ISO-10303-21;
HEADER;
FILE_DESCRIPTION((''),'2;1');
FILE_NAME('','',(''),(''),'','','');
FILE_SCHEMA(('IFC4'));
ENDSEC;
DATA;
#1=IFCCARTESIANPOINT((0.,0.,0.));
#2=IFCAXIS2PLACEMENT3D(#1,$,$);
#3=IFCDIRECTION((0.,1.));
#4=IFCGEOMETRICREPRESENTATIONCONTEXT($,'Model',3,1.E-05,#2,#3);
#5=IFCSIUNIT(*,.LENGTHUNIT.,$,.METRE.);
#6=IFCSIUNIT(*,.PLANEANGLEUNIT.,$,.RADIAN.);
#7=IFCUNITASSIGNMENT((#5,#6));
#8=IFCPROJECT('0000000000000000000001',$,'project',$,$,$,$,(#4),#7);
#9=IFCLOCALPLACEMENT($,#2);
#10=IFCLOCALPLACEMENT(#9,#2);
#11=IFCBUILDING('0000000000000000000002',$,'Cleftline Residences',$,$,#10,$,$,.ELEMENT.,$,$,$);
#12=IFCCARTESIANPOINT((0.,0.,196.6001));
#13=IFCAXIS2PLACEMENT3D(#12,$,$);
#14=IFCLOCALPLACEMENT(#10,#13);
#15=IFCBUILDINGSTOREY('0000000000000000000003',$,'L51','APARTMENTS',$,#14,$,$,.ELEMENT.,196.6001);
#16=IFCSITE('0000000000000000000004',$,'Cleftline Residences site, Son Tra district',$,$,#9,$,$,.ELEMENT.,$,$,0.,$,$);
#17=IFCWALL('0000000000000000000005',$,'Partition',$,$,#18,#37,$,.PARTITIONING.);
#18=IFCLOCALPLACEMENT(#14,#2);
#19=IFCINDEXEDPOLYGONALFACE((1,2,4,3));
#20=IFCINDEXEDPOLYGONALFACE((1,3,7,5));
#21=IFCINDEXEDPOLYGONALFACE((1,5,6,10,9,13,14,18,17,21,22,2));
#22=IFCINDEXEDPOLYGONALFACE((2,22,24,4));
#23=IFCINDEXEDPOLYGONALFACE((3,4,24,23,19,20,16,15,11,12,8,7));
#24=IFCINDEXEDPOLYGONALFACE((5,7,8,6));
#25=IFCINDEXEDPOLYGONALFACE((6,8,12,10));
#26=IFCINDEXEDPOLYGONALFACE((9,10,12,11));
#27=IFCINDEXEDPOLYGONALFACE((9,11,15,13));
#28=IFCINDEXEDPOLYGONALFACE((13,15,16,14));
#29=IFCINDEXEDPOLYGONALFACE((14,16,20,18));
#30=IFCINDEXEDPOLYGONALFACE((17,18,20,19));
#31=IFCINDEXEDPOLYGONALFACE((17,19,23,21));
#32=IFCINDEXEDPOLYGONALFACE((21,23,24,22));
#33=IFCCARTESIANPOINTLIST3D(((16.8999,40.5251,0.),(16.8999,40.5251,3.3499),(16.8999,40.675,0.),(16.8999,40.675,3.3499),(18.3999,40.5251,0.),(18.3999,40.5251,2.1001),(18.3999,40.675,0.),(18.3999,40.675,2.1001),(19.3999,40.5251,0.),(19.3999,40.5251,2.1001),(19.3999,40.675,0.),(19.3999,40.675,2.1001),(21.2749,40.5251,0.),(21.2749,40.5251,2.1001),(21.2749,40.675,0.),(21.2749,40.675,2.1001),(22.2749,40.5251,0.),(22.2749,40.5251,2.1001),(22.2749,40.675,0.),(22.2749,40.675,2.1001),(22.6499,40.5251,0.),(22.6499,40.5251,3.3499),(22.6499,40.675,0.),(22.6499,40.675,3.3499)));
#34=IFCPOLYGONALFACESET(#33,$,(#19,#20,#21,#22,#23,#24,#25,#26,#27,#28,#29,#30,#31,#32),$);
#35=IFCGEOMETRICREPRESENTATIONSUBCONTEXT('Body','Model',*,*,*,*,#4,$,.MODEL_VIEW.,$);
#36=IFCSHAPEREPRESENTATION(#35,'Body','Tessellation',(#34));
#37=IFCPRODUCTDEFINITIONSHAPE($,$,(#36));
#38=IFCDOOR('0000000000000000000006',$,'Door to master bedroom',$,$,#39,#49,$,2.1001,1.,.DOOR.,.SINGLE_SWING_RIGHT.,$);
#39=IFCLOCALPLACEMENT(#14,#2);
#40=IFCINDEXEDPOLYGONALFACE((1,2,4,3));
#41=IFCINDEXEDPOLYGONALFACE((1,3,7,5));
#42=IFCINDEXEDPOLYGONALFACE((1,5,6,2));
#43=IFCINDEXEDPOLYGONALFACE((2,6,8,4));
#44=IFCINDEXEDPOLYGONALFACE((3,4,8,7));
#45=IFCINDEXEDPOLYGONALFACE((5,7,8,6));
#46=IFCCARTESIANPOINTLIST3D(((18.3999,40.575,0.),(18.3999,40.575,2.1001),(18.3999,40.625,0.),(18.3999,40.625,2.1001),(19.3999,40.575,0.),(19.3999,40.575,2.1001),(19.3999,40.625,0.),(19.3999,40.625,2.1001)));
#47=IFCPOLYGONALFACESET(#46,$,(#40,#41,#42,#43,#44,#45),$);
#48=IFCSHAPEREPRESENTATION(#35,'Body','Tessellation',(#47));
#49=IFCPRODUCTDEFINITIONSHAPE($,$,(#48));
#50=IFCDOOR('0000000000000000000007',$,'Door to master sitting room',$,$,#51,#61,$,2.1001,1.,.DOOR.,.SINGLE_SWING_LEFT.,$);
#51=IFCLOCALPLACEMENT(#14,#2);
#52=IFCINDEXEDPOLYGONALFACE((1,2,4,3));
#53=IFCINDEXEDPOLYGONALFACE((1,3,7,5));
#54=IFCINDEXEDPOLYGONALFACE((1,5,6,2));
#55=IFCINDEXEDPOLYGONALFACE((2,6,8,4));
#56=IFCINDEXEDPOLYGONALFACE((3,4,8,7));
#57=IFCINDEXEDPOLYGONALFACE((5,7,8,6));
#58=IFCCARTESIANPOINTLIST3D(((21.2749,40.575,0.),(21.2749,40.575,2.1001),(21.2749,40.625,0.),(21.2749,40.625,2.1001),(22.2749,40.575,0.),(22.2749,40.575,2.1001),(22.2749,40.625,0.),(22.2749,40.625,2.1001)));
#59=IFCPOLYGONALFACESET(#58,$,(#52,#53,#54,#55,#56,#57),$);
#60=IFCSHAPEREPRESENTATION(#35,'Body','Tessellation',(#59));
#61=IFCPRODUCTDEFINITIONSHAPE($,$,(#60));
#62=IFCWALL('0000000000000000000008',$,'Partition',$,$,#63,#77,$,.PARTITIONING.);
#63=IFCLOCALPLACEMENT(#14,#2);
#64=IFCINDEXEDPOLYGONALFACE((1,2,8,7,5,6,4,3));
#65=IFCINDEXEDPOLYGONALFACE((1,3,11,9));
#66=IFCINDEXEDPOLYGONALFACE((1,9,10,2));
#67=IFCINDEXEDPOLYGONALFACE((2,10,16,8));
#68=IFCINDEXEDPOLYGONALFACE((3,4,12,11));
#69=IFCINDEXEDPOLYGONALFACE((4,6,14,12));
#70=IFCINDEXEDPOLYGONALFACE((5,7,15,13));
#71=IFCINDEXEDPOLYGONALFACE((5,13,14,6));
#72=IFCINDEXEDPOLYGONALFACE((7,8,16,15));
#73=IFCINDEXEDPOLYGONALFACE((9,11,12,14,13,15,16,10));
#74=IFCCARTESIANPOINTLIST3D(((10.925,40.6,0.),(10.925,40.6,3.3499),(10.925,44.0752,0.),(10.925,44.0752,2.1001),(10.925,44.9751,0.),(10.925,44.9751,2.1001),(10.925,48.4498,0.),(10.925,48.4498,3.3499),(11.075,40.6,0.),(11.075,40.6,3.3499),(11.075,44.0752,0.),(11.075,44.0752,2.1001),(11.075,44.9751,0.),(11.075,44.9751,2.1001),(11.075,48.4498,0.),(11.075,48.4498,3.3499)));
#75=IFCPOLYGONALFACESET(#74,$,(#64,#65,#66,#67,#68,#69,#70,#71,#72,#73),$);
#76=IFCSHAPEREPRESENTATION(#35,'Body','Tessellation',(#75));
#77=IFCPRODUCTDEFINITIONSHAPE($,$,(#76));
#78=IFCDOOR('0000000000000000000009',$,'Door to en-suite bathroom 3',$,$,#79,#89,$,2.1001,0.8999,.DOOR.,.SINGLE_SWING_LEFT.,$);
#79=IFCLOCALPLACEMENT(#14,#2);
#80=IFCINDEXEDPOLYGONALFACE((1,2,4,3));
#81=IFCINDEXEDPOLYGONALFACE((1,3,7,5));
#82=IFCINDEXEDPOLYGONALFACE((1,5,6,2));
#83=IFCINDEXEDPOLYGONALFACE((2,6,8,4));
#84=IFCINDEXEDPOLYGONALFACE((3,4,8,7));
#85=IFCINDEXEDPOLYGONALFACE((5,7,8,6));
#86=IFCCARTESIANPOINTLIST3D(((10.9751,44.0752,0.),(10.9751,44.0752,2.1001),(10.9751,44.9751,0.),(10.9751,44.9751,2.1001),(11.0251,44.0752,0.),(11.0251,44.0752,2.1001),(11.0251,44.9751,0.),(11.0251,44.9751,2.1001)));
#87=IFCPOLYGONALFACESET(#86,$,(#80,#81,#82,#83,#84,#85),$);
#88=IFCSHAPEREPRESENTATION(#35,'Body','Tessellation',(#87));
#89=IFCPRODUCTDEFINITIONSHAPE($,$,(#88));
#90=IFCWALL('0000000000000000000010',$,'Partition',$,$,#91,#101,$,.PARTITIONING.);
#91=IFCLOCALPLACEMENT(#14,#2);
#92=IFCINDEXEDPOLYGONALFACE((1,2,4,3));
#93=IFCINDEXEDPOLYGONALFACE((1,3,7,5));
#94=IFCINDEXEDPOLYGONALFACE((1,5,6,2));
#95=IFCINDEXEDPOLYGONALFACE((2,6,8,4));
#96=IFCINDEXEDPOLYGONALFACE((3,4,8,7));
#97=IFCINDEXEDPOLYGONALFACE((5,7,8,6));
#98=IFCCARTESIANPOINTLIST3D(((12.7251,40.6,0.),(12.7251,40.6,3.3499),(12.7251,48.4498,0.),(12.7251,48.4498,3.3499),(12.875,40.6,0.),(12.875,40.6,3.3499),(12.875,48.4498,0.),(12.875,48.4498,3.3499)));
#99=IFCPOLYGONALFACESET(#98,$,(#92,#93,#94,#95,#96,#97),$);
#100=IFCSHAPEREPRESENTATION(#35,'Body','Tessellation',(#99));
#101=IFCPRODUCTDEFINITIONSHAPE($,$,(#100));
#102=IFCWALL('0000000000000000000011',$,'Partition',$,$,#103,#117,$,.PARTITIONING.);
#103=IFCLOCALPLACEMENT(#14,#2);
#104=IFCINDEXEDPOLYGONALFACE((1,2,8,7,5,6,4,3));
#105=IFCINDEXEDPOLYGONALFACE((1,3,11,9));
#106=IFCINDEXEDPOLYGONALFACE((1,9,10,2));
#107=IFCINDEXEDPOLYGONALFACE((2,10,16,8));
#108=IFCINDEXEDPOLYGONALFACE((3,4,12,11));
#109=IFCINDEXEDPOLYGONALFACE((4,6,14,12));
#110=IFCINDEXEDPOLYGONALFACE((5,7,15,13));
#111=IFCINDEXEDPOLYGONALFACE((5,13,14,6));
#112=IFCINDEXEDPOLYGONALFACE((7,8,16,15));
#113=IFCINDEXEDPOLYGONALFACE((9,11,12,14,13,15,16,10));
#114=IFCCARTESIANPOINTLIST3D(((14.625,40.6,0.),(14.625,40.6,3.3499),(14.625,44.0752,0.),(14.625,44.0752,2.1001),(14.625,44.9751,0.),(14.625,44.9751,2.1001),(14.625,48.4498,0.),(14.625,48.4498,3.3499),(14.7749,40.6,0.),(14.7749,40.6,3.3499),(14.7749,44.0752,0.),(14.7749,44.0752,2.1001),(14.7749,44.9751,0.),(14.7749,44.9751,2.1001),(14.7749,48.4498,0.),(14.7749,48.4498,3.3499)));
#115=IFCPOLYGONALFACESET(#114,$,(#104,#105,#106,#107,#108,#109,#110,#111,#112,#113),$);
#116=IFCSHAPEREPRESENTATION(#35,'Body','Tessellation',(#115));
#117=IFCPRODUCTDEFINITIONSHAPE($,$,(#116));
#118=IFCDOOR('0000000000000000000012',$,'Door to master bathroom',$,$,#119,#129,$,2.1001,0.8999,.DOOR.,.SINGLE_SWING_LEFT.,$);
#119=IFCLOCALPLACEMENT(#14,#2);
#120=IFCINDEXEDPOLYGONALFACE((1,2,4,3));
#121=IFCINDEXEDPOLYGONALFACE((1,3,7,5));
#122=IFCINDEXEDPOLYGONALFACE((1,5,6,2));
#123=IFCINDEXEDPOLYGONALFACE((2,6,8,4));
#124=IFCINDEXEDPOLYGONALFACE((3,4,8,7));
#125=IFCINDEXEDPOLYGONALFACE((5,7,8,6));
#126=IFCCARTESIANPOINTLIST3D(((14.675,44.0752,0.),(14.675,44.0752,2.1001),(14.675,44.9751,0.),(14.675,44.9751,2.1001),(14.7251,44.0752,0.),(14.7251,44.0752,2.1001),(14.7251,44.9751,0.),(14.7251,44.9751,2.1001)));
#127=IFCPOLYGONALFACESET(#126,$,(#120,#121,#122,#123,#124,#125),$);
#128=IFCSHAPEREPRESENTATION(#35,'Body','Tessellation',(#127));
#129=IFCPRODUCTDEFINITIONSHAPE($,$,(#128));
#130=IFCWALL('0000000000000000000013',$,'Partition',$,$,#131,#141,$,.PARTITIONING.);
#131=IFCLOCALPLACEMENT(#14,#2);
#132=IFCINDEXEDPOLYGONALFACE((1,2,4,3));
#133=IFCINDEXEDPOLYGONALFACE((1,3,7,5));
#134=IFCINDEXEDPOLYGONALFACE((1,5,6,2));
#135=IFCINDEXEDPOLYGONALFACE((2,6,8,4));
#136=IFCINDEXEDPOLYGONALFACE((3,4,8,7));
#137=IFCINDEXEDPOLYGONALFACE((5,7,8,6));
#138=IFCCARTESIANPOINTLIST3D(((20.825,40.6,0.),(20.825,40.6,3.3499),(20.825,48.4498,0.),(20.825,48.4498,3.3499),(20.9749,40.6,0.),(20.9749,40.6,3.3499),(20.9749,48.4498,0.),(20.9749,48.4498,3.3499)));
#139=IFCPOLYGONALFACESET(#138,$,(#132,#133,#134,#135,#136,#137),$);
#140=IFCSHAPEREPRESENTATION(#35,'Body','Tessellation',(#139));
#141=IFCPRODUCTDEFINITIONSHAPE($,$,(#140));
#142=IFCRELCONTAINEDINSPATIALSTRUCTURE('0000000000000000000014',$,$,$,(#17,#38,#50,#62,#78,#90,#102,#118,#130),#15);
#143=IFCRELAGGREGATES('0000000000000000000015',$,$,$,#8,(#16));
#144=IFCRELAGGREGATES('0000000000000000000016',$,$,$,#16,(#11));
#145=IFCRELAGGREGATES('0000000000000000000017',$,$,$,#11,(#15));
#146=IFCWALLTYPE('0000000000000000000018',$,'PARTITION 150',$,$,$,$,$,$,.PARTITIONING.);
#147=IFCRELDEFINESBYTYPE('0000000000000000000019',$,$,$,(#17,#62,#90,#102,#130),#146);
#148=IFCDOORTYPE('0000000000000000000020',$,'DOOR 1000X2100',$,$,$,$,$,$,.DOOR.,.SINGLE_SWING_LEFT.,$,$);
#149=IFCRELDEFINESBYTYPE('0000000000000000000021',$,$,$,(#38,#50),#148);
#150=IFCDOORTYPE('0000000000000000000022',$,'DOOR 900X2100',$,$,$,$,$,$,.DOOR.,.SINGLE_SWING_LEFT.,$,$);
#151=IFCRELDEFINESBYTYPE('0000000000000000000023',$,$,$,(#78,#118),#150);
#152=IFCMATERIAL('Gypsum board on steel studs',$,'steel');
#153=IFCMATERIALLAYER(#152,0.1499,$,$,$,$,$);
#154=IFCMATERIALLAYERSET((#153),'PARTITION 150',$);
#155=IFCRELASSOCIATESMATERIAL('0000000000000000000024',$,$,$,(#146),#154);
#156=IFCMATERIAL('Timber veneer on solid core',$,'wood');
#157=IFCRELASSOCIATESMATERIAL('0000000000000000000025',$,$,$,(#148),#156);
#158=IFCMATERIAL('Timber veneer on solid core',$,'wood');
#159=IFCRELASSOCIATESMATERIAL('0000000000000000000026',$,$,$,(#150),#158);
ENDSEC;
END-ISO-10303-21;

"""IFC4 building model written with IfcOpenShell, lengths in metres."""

from ifc_helpers import new_model, si_unit, direction, frame, frame_2d, origin, place, context, subcontext, project, spatial, rectangle, extrude, material, layer, layer_set, type_object, element, fill, save


model = new_model("IFC4")

# Units and contexts
model_context = context("Model", 3, precision=1e-05, world=origin(), true_north=direction((0.0, 1.0)))
body_context = subcontext(model_context, "Body", "Model", "MODEL_VIEW")
ifc_project = project(units=[si_unit("LENGTHUNIT", "METRE"), si_unit("PLANEANGLEUNIT", "RADIAN")], contexts=[model_context])

# Site, building, storey
site_placement = place(None, origin())
site = spatial("IfcSite", under=ifc_project, at=site_placement, Name="Cleftline Residences site, Son Tra district", CompositionType="ELEMENT", RefElevation=0.0)
building_placement = place(site_placement, origin())
building = spatial("IfcBuilding", under=site, at=building_placement, Name="Cleftline Residences", CompositionType="ELEMENT")
storey_placement = place(building_placement, frame((0.0, 0.0, 196.6001)))
storey = spatial("IfcBuildingStorey", under=building, at=storey_placement, Name="L51", Description="APARTMENTS", CompositionType="ELEMENT", Elevation=196.6001)

# Shared definitions
ifc_material_1 = material(Name="Gypsum board on steel studs", Category="steel")
ifc_layer = layer(ifc_material_1, 0.1499)
ifc_layer_set = layer_set([ifc_layer], Name="PARTITION 150")
wall_type = type_object("IfcWallType", Name="PARTITION 150", PredefinedType="PARTITIONING", material=ifc_layer_set)
ifc_material_2 = material(Name="Timber veneer on solid core", Category="wood")
door_type_1 = type_object("IfcDoorType", Name="DOOR 1000X2100", OperationType="SINGLE_SWING_LEFT", PredefinedType="DOOR", material=ifc_material_2)

# Wall, openings, doors
wall_1_placement = place(storey_placement, frame((16.8999, 40.6001, 0.0), z_axis=(0.0, 0.0, 1.0), x_axis=(1.0, 0.0, 0.0)))
wall_1 = element("IfcWall", 1, at=wall_1_placement, inside=storey, type_object=wall_type, Name="Partition", PredefinedType="PARTITIONING", context=body_context, shape_type="SweptSolid", body=[
    extrude(rectangle(XDim=5.75, YDim=0.1499, at=frame_2d((2.875, 0.0))), origin(), (0.0, 0.0, 1.0), 3.3499),
])
opening_1_placement = place(wall_1_placement, frame((1.5, 0.0, 0.0)))
opening_1 = element("IfcOpeningElement", 2, at=opening_1_placement, cuts=wall_1, PredefinedType="OPENING", context=body_context, shape_type="SweptSolid", body=[
    extrude(rectangle(XDim=1.0, YDim=2.1001, at=frame_2d((0.5, 1.05))), frame((0.0, 0.085, 0.0), z_axis=(0.0, -1.0, 0.0), x_axis=(1.0, 0.0, 0.0)), (0.0, 0.0, 1.0), 0.1699),
])
opening_2_placement = place(wall_1_placement, frame((4.375, 0.0, 0.0)))
opening_2 = element("IfcOpeningElement", 3, at=opening_2_placement, cuts=wall_1, PredefinedType="OPENING", context=body_context, shape_type="SweptSolid", body=[
    extrude(rectangle(XDim=1.0, YDim=2.1001, at=frame_2d((0.5, 1.05))), frame((0.0, 0.085, 0.0), z_axis=(0.0, -1.0, 0.0), x_axis=(1.0, 0.0, 0.0)), (0.0, 0.0, 1.0), 0.1699),
])
door_1_placement = place(opening_1_placement, origin())
door_1 = element("IfcDoor", 4, at=door_1_placement, inside=storey, type_object=door_type_1, Name="Door to master bedroom", OperationType="SINGLE_SWING_RIGHT", OverallHeight=2.1001, OverallWidth=1.0, PredefinedType="DOOR", context=body_context, shape_type="SweptSolid", body=[
    extrude(rectangle(XDim=1.0, YDim=2.1001, at=frame_2d((0.5, 1.05))), frame((0.0, 0.0249, 0.0), z_axis=(0.0, -1.0, 0.0), x_axis=(1.0, 0.0, 0.0)), (0.0, 0.0, 1.0), 0.05),
])
fill(opening_1, door_1)
door_2_placement = place(opening_2_placement, origin())
door_2 = element("IfcDoor", 5, at=door_2_placement, inside=storey, type_object=door_type_1, Name="Door to master sitting room", OperationType="SINGLE_SWING_LEFT", OverallHeight=2.1001, OverallWidth=1.0, PredefinedType="DOOR", context=body_context, shape_type="SweptSolid", body=[
    extrude(rectangle(XDim=1.0, YDim=2.1001, at=frame_2d((0.5, 1.05))), frame((0.0, 0.0249, 0.0), z_axis=(0.0, -1.0, 0.0), x_axis=(1.0, 0.0, 0.0)), (0.0, 0.0, 1.0), 0.05),
])
fill(opening_2, door_2)

# Wall, opening, door
wall_2_placement = place(storey_placement, frame((11.0, 40.6001, 0.0), z_axis=(0.0, 0.0, 1.0), x_axis=(0.0, 1.0, 0.0)))
wall_2 = element("IfcWall", 6, at=wall_2_placement, inside=storey, type_object=wall_type, Name="Partition", PredefinedType="PARTITIONING", context=body_context, shape_type="SweptSolid", body=[
    extrude(rectangle(XDim=7.8499, YDim=0.1499, at=frame_2d((3.9248, 0.0))), origin(), (0.0, 0.0, 1.0), 3.3499),
])
opening_3_placement = place(wall_2_placement, frame((3.4751, 0.0, 0.0)))
opening_3 = element("IfcOpeningElement", 7, at=opening_3_placement, cuts=wall_2, PredefinedType="OPENING", context=body_context, shape_type="SweptSolid", body=[
    extrude(rectangle(XDim=0.8999, YDim=2.1001, at=frame_2d((0.45, 1.05))), frame((0.0, 0.085, 0.0), z_axis=(0.0, -1.0, 0.0), x_axis=(1.0, 0.0, 0.0)), (0.0, 0.0, 1.0), 0.1699),
])
ifc_material_3 = material(Name="Timber veneer on solid core", Category="wood")
door_type_2 = type_object("IfcDoorType", Name="DOOR 900X2100", OperationType="SINGLE_SWING_LEFT", PredefinedType="DOOR", material=ifc_material_3)
door_3_placement = place(opening_3_placement, origin())
door_3 = element("IfcDoor", 8, at=door_3_placement, inside=storey, type_object=door_type_2, Name="Door to en-suite bathroom 3", OperationType="SINGLE_SWING_LEFT", OverallHeight=2.1001, OverallWidth=0.8999, PredefinedType="DOOR", context=body_context, shape_type="SweptSolid", body=[
    extrude(rectangle(XDim=0.8999, YDim=2.1001, at=frame_2d((0.45, 1.05))), frame((0.0, 0.0249, 0.0), z_axis=(0.0, -1.0, 0.0), x_axis=(1.0, 0.0, 0.0)), (0.0, 0.0, 1.0), 0.05),
])
fill(opening_3, door_3)

# Wall
wall_3_placement = place(storey_placement, frame((12.8, 40.6001, 0.0), z_axis=(0.0, 0.0, 1.0), x_axis=(0.0, 1.0, 0.0)))
element("IfcWall", 9, at=wall_3_placement, inside=storey, type_object=wall_type, Name="Partition", PredefinedType="PARTITIONING", context=body_context, shape_type="SweptSolid", body=[
    extrude(rectangle(XDim=7.8499, YDim=0.1499, at=frame_2d((3.9248, 0.0))), origin(), (0.0, 0.0, 1.0), 3.3499),
])

# Wall, opening, door
wall_4_placement = place(storey_placement, frame((14.7, 40.6001, 0.0), z_axis=(0.0, 0.0, 1.0), x_axis=(0.0, 1.0, 0.0)))
wall_4 = element("IfcWall", 10, at=wall_4_placement, inside=storey, type_object=wall_type, Name="Partition", PredefinedType="PARTITIONING", context=body_context, shape_type="SweptSolid", body=[
    extrude(rectangle(XDim=7.8499, YDim=0.1499, at=frame_2d((3.9248, 0.0))), origin(), (0.0, 0.0, 1.0), 3.3499),
])
opening_4_placement = place(wall_4_placement, frame((3.4751, 0.0, 0.0)))
opening_4 = element("IfcOpeningElement", 11, at=opening_4_placement, cuts=wall_4, PredefinedType="OPENING", context=body_context, shape_type="SweptSolid", body=[
    extrude(rectangle(XDim=0.8999, YDim=2.1001, at=frame_2d((0.45, 1.05))), frame((0.0, 0.085, 0.0), z_axis=(0.0, -1.0, 0.0), x_axis=(1.0, 0.0, 0.0)), (0.0, 0.0, 1.0), 0.1699),
])
door_4_placement = place(opening_4_placement, origin())
door_4 = element("IfcDoor", 12, at=door_4_placement, inside=storey, type_object=door_type_2, Name="Door to master bathroom", OperationType="SINGLE_SWING_LEFT", OverallHeight=2.1001, OverallWidth=0.8999, PredefinedType="DOOR", context=body_context, shape_type="SweptSolid", body=[
    extrude(rectangle(XDim=0.8999, YDim=2.1001, at=frame_2d((0.45, 1.05))), frame((0.0, 0.0249, 0.0), z_axis=(0.0, -1.0, 0.0), x_axis=(1.0, 0.0, 0.0)), (0.0, 0.0, 1.0), 0.05),
])
fill(opening_4, door_4)

# Wall
wall_5_placement = place(storey_placement, frame((20.8999, 40.6001, 0.0), z_axis=(0.0, 0.0, 1.0), x_axis=(0.0, 1.0, 0.0)))
element("IfcWall", 13, at=wall_5_placement, inside=storey, type_object=wall_type, Name="Partition", PredefinedType="PARTITIONING", context=body_context, shape_type="SweptSolid", body=[
    extrude(rectangle(XDim=7.8499, YDim=0.1499, at=frame_2d((3.9248, 0.0))), origin(), (0.0, 0.0, 1.0), 3.3499),
])

save(model, "model.ifc")
